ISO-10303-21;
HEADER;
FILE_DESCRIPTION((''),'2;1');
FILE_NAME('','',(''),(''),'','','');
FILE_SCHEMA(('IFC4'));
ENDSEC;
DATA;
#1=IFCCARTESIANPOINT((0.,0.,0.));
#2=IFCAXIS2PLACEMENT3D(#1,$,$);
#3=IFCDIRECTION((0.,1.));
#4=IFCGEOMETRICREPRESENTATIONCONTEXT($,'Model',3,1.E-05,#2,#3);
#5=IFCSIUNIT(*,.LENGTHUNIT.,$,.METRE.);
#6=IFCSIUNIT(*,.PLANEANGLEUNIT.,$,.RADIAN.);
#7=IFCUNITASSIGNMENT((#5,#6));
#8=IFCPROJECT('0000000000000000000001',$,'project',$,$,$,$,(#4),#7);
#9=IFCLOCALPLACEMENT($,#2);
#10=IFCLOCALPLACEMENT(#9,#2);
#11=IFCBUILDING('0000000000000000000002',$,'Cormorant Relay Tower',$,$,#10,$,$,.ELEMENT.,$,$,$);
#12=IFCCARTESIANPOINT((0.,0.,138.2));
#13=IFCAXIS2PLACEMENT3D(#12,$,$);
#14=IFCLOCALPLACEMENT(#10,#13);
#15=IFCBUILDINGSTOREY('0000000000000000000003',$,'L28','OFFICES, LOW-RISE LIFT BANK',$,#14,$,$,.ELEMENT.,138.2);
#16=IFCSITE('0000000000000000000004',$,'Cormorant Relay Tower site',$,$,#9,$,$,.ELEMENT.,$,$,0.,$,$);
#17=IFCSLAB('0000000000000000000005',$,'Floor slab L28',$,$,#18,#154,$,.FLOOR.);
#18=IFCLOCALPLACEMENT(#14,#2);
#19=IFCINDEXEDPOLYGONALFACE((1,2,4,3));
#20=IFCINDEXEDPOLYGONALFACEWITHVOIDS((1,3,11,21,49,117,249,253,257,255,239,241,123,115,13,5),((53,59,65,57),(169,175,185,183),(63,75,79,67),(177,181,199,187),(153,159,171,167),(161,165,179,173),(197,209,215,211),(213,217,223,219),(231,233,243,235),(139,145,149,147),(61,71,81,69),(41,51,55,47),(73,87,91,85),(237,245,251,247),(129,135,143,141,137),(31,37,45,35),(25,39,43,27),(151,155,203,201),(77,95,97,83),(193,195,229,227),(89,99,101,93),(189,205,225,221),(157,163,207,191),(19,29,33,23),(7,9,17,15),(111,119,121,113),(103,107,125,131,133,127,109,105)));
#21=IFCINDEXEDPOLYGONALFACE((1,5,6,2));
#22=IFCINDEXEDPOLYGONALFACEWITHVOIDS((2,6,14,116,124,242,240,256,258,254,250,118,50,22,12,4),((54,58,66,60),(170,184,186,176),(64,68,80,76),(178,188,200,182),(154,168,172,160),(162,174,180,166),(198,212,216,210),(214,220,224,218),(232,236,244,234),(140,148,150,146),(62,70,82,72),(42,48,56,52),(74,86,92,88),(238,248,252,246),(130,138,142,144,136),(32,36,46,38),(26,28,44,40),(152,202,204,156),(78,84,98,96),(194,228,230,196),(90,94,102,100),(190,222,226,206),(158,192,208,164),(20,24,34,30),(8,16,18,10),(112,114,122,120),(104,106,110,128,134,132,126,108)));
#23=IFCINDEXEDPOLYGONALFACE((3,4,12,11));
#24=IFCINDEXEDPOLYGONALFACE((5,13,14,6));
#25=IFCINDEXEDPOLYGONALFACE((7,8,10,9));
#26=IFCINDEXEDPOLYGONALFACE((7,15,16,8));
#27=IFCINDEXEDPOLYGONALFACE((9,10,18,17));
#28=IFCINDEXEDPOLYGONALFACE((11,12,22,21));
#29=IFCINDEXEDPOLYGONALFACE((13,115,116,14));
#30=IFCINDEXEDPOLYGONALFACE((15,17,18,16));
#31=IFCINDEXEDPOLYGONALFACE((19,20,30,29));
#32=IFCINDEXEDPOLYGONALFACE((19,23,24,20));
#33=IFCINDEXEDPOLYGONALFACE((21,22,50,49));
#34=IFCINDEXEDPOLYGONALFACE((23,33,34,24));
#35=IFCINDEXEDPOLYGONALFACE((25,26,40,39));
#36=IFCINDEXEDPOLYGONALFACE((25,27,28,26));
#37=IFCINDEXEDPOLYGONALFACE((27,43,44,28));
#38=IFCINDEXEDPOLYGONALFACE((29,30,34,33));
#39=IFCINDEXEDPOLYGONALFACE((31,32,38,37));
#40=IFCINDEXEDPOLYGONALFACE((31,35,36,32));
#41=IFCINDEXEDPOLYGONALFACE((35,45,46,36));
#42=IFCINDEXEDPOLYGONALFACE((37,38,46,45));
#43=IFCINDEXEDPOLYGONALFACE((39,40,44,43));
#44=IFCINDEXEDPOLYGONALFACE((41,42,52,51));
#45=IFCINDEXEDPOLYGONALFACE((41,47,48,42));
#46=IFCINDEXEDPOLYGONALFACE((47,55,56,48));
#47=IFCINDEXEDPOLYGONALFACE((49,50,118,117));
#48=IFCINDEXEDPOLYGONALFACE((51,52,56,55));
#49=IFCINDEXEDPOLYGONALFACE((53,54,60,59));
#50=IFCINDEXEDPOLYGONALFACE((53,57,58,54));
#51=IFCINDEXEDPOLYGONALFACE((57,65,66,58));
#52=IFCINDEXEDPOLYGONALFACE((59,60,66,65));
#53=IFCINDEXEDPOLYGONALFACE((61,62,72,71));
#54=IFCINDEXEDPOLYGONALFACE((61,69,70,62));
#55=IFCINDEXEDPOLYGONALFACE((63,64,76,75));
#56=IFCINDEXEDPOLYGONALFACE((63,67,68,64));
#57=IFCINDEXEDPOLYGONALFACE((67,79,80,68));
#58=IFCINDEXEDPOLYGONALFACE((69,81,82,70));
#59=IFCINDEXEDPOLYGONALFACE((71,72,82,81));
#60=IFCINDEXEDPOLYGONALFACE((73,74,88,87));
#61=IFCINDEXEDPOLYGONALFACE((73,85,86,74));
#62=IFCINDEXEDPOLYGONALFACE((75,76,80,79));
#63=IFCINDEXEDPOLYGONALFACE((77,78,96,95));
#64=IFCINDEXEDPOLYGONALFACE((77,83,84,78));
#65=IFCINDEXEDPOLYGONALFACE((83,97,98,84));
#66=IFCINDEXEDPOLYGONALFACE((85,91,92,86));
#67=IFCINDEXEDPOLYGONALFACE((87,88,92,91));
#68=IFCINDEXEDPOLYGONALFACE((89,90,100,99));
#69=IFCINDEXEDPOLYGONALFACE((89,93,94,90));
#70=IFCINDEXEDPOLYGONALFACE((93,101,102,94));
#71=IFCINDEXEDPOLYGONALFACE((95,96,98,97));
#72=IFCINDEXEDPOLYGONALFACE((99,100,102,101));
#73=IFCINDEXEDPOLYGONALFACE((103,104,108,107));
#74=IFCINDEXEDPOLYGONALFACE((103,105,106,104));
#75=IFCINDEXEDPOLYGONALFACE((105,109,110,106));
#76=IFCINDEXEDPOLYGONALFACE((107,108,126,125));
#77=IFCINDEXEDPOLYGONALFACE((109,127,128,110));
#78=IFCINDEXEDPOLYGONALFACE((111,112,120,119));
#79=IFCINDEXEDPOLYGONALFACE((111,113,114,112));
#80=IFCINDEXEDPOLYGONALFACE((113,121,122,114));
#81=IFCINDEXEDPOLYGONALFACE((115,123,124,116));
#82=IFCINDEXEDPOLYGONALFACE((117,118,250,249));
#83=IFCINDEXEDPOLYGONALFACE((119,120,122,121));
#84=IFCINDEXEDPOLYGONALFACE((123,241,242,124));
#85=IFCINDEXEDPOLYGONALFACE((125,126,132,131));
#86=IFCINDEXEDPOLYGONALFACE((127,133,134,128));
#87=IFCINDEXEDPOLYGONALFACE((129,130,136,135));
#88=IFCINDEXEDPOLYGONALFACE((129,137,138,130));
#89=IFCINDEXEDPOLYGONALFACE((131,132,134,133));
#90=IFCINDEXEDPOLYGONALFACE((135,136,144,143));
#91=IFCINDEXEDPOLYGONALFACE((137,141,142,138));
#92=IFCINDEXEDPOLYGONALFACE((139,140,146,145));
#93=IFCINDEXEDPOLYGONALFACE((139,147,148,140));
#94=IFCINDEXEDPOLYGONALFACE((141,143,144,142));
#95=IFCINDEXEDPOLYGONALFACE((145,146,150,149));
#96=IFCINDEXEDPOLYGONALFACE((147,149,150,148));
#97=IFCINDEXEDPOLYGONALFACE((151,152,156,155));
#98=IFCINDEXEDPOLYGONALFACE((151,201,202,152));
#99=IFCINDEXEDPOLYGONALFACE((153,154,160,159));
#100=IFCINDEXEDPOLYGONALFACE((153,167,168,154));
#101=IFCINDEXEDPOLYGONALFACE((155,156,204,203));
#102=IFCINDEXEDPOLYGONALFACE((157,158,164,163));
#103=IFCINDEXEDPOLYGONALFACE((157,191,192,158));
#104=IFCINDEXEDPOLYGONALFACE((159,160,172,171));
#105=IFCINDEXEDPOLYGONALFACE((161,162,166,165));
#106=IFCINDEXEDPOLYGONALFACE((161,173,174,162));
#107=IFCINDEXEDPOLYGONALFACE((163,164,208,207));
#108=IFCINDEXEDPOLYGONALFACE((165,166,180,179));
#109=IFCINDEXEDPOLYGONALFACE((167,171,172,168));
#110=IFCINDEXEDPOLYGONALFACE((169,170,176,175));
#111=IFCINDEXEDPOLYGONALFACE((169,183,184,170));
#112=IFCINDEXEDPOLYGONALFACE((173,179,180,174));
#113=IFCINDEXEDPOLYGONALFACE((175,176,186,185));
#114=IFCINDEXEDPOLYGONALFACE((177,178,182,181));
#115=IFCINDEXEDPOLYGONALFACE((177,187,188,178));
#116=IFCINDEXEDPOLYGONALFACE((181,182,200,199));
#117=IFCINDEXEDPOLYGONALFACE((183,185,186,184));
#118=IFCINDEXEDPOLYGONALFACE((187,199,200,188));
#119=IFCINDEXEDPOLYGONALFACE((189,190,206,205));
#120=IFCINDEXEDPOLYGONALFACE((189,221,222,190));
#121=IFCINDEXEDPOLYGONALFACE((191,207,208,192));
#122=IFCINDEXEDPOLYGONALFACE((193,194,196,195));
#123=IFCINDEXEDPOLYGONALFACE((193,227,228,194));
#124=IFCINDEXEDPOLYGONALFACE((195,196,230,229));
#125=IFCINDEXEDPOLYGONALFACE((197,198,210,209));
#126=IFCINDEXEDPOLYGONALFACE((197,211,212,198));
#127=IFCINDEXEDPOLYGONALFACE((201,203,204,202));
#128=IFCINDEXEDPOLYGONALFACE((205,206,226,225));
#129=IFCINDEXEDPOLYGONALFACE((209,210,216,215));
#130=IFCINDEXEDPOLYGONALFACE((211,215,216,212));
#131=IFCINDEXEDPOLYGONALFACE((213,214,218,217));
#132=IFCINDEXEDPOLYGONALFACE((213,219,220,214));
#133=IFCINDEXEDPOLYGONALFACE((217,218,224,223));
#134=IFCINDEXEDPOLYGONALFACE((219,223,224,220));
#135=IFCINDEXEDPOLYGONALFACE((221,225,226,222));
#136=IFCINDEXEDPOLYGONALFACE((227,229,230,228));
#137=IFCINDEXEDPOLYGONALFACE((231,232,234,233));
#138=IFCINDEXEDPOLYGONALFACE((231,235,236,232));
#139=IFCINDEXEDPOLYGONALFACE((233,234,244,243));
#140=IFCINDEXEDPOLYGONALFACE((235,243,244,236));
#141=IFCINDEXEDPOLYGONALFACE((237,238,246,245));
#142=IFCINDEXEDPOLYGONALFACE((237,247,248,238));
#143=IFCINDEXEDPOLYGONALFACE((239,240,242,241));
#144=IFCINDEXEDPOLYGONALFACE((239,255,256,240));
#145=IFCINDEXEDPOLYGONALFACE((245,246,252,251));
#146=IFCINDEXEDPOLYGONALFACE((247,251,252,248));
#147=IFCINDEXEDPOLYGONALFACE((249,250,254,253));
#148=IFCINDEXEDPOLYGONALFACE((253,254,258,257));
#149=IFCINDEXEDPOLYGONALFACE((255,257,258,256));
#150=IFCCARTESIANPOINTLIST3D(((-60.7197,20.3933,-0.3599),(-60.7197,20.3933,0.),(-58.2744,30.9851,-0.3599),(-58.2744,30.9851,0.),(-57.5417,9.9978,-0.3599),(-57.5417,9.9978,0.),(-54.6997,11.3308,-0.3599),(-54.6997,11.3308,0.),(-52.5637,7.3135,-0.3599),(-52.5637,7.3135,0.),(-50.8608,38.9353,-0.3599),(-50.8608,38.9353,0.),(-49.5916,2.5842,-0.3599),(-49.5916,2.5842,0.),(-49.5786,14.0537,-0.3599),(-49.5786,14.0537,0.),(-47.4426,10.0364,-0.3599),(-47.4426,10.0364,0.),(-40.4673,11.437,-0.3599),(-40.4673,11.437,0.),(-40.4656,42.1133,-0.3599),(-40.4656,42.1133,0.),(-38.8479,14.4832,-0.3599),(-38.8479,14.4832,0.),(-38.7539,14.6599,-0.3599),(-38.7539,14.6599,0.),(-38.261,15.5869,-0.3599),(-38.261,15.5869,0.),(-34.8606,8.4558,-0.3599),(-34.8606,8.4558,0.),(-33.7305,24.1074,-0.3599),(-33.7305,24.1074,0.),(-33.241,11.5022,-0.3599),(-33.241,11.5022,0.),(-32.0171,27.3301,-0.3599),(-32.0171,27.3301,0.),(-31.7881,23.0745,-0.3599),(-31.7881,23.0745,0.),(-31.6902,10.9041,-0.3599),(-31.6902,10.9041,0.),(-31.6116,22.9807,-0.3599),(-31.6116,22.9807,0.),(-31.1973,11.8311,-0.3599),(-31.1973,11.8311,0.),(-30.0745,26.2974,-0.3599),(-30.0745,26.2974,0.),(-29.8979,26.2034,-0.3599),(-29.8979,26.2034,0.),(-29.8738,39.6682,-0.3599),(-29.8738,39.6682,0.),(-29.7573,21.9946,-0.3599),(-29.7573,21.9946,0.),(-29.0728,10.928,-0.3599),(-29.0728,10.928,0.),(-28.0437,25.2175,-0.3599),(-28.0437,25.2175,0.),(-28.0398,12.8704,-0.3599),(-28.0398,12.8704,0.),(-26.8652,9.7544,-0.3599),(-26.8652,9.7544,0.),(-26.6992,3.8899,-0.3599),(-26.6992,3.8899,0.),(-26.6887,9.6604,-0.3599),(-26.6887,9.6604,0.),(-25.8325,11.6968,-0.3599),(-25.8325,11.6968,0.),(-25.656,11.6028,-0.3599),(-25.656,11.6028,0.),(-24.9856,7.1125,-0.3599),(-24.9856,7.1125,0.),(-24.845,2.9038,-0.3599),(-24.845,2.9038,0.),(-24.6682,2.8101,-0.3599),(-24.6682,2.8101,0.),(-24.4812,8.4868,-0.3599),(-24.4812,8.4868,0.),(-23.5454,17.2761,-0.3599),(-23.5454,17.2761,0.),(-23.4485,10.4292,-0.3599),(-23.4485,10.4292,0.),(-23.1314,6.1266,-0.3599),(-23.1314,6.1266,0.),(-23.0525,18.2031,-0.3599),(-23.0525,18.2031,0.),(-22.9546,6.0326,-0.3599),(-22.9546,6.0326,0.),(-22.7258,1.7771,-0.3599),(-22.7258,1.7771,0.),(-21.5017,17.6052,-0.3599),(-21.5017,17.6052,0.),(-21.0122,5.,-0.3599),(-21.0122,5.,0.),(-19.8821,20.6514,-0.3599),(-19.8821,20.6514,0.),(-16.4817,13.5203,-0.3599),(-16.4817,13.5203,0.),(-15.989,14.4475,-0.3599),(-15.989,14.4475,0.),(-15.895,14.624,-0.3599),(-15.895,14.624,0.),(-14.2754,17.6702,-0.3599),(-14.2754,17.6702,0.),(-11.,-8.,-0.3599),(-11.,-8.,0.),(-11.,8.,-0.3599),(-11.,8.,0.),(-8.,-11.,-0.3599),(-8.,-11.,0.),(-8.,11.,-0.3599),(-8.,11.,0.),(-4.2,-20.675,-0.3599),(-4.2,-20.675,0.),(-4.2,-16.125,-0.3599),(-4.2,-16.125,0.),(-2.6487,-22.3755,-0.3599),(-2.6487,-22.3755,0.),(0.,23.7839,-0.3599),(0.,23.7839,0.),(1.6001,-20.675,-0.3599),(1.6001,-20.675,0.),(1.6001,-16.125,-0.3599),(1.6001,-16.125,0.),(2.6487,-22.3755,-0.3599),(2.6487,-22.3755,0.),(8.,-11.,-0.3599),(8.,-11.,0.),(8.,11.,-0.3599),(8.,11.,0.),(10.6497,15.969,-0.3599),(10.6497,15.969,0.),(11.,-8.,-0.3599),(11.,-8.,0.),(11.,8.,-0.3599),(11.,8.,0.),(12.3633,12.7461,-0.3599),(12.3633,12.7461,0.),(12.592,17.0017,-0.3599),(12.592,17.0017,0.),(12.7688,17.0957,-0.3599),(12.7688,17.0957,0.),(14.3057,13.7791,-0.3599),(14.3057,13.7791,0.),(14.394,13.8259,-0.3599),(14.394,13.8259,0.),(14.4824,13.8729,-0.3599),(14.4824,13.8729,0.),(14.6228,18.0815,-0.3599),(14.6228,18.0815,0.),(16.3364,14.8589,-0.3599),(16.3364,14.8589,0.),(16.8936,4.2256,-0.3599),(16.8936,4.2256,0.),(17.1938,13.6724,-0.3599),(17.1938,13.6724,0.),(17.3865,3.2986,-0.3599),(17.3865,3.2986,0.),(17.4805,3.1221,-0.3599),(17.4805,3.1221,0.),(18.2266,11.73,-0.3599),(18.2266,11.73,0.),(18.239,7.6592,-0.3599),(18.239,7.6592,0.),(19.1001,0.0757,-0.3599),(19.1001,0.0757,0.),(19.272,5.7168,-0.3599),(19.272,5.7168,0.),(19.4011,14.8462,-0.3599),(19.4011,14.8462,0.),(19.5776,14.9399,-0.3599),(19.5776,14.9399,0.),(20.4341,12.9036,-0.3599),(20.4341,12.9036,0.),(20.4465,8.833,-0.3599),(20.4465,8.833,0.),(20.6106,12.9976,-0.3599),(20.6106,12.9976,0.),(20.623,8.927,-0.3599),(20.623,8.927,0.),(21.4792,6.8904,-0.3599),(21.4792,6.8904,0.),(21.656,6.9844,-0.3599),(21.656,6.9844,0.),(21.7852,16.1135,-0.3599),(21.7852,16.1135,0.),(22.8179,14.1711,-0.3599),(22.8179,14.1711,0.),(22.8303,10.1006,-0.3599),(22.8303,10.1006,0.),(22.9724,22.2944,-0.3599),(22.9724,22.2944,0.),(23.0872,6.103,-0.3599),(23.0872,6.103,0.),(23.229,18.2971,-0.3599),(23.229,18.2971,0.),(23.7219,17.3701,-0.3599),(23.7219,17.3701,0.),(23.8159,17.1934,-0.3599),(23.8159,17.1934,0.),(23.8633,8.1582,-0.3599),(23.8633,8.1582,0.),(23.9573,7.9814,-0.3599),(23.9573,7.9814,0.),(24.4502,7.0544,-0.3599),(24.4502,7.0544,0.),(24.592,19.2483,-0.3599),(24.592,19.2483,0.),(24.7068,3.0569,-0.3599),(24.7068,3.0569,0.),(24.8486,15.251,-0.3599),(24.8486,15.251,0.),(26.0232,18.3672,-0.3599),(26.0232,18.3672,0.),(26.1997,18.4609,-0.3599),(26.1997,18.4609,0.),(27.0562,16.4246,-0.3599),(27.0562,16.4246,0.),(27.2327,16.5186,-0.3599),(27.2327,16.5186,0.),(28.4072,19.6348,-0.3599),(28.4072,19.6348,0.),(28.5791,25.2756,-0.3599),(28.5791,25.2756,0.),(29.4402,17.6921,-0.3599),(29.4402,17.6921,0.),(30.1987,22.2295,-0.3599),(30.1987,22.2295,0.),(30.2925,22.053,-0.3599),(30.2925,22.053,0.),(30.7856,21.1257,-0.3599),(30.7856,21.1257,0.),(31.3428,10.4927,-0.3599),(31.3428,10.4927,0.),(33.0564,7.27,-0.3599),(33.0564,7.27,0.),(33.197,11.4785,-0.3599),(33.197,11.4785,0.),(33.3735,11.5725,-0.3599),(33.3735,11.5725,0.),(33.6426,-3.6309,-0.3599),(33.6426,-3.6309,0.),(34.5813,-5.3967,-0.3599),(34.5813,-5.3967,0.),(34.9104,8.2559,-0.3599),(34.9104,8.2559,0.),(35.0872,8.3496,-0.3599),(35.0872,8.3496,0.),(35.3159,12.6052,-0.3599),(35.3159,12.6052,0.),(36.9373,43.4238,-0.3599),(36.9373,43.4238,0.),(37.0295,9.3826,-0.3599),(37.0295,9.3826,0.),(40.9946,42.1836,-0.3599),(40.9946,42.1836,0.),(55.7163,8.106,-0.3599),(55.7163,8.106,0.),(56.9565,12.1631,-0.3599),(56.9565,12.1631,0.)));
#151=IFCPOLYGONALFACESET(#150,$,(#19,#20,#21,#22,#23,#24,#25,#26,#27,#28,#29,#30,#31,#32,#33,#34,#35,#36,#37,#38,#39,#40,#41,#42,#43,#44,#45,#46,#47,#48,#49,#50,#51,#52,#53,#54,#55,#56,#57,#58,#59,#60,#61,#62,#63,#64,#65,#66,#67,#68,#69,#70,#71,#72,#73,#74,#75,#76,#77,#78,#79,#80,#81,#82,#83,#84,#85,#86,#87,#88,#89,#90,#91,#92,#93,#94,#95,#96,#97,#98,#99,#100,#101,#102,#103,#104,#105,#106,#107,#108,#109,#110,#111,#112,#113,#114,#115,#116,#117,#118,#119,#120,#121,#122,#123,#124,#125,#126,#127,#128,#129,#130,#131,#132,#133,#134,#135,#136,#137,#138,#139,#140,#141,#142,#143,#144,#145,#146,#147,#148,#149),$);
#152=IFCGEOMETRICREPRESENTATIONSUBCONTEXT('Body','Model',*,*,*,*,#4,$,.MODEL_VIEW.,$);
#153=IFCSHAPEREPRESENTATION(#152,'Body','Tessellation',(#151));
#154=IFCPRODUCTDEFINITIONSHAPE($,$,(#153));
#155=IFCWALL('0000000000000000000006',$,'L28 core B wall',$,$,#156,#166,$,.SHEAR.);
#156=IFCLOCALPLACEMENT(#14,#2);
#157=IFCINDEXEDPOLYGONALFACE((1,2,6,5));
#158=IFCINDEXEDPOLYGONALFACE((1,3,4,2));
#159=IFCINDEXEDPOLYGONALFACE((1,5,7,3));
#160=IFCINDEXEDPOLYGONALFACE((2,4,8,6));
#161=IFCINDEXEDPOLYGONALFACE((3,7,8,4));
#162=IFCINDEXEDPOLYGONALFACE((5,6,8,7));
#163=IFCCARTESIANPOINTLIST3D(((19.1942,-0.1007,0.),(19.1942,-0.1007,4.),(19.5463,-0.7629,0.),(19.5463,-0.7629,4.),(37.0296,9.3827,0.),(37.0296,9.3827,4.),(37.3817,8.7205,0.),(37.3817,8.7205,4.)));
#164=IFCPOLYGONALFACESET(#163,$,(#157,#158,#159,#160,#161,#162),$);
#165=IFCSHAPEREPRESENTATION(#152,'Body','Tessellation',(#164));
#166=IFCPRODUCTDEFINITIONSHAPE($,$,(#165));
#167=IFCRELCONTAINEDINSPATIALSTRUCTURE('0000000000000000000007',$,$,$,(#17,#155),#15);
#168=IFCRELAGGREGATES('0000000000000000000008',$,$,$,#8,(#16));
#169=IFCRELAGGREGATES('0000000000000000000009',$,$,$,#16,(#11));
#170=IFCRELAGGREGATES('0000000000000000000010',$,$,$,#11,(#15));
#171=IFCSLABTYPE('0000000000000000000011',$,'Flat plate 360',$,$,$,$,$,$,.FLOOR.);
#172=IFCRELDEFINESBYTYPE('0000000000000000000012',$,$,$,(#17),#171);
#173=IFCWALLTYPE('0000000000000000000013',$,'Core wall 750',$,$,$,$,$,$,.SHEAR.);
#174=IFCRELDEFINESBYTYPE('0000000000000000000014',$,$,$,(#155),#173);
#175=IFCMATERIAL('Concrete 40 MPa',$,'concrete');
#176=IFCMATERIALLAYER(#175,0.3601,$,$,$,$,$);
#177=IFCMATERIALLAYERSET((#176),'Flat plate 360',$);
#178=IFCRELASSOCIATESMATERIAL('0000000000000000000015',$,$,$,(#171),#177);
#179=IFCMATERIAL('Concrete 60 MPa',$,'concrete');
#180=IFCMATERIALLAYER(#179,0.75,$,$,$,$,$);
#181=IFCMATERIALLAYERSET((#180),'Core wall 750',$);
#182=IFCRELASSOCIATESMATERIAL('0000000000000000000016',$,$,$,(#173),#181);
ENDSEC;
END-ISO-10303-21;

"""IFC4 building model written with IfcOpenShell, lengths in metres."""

from ifc_helpers import new_model, si_unit, direction, frame, frame_2d, origin, place, context, subcontext, project, spatial, polyline, rectangle, outline, extrude, material, layer, layer_set, type_object, element, save


model = new_model("IFC4")

# Units and contexts
model_context = context("Model", 3, precision=1e-05, world=origin(), true_north=direction((0.0, 1.0)))
body_context = subcontext(model_context, "Body", "Model", "MODEL_VIEW")
ifc_project = project(units=[si_unit("LENGTHUNIT", "METRE"), si_unit("PLANEANGLEUNIT", "RADIAN")], contexts=[model_context])

# Site, building, storey
site_placement = place(None, origin())
site = spatial("IfcSite", under=ifc_project, at=site_placement, Name="Cormorant Relay Tower site", CompositionType="ELEMENT", RefElevation=0.0)
building_placement = place(site_placement, origin())
building = spatial("IfcBuilding", under=site, at=building_placement, Name="Cormorant Relay Tower", CompositionType="ELEMENT")
storey_placement = place(building_placement, frame((0.0, 0.0, 138.2)))
storey = spatial("IfcBuildingStorey", under=building, at=storey_placement, Name="L28", Description="OFFICES, LOW-RISE LIFT BANK", CompositionType="ELEMENT", Elevation=138.2)

# Slab
ifc_material_1 = material(Name="Concrete 40 MPa", Category="concrete")
ifc_layer_1 = layer(ifc_material_1, 0.3601)
ifc_layer_set_1 = layer_set([ifc_layer_1], Name="Flat plate 360")
slab_type_1 = type_object("IfcSlabType", Name="Flat plate 360", PredefinedType="FLOOR", material=ifc_layer_set_1)
slab_1_placement = place(storey_placement, frame((0.0, 0.0, -0.3599)))
element("IfcSlab", 1, at=slab_1_placement, inside=storey, type_object=slab_type_1, Name="Floor slab L28", PredefinedType="FLOOR", context=body_context, shape_type="SweptSolid", body=[
    extrude(outline(polyline([(-60.7197, 20.3933), (-58.2744, 30.9851), (-50.8608, 38.9353), (-40.4656, 42.1133), (-29.8738, 39.6682), (0.0, 23.7839), (36.9373, 43.4238), (40.9946, 42.1836), (56.9565, 12.1631), (55.7163, 8.106), (33.6426, -3.6309), (34.5813, -5.3967), (2.6487, -22.3755), (-2.6487, -22.3755), (-49.5916, 2.5842), (-57.5417, 9.9978), (-60.7197, 20.3933)]), holes=[polyline([(11.0, -8.0), (11.0, 8.0), (8.0, 11.0), (-8.0, 11.0), (-11.0, 8.0), (-11.0, -8.0), (-8.0, -11.0), (8.0, -11.0), (11.0, -8.0)]), polyline([(-4.2, -16.125), (-4.2, -20.675), (1.6001, -20.675), (1.6001, -16.125), (-4.2, -16.125)]), polyline([(-22.9546, 6.0327), (-24.6682, 2.8101), (-22.7258, 1.7771), (-21.0122, 5.0), (-23.043, 6.0796), (-22.9546, 6.0327)]), polyline([(-24.9856, 7.1125), (-26.6992, 3.8899), (-24.845, 2.9038), (-23.1313, 6.1267), (-23.043, 6.0796), (-24.9856, 7.1125)]), polyline([(-26.6887, 9.6604), (-24.4812, 8.4868), (-23.4485, 10.4292), (-25.656, 11.6028), (-26.6887, 9.6604)]), polyline([(-49.5786, 14.0537), (-54.6997, 11.3308), (-52.5637, 7.3135), (-47.4426, 10.0364), (-49.5786, 14.0537)]), polyline([(-28.0398, 12.8704), (-29.0728, 10.928), (-26.8652, 9.7544), (-25.8325, 11.6968), (-28.0398, 12.8704)]), polyline([(-38.8479, 14.4832), (-40.4673, 11.437), (-34.8606, 8.4558), (-33.241, 11.5022), (-38.8479, 14.4832)]), polyline([(-38.261, 15.5869), (-38.7539, 14.6599), (-31.6902, 10.9041), (-31.1973, 11.8311), (-38.261, 15.5869)]), polyline([(14.3057, 13.7791), (12.592, 17.0017), (10.6497, 15.969), (12.3633, 12.7461), (14.394, 13.8259), (14.3057, 13.7791)]), polyline([(16.3364, 14.8589), (14.6228, 18.0815), (12.7688, 17.0957), (14.4824, 13.8728), (14.394, 13.8259), (16.3364, 14.8589)]), polyline([(-16.4817, 13.5203), (-15.989, 14.4475), (-23.0525, 18.2031), (-23.5454, 17.2761), (-16.4817, 13.5203)]), polyline([(-21.5017, 17.6052), (-15.895, 14.624), (-14.2754, 17.6702), (-19.8821, 20.6514), (-21.5017, 17.6052)]), polyline([(-31.6116, 22.9807), (-29.7573, 21.9946), (-28.0437, 25.2175), (-29.8979, 26.2034), (-31.6116, 22.9807)]), polyline([(-32.0171, 27.3301), (-33.7305, 24.1074), (-31.7881, 23.0745), (-30.0745, 26.2974), (-32.0171, 27.3301)]), polyline([(17.4805, 3.1221), (19.1001, 0.0757), (24.7068, 3.0569), (23.0872, 6.103), (17.4805, 3.1221)]), polyline([(16.8936, 4.2256), (17.3865, 3.2986), (24.4502, 7.0544), (23.9573, 7.9814), (16.8936, 4.2256)]), polyline([(20.4465, 8.833), (18.239, 7.6592), (19.272, 5.7168), (21.4792, 6.8904), (20.4465, 8.833)]), polyline([(20.623, 8.927), (21.656, 6.9844), (23.8633, 8.1582), (22.8303, 10.1006), (20.623, 8.927)]), polyline([(33.197, 11.4785), (31.3428, 10.4927), (33.0564, 7.27), (34.9104, 8.2559), (33.197, 11.4785)]), polyline([(33.3735, 11.5725), (35.0872, 8.3496), (37.0295, 9.3826), (35.3159, 12.6052), (33.3735, 11.5725)]), polyline([(17.1938, 13.6724), (18.2266, 11.73), (20.4341, 12.9036), (19.4011, 14.8462), (17.1938, 13.6724)]), polyline([(20.6106, 12.9976), (22.8179, 14.1711), (21.7852, 16.1135), (19.5776, 14.9399), (20.6106, 12.9976)]), polyline([(26.0232, 18.3672), (23.8159, 17.1934), (24.8486, 15.251), (27.0562, 16.4246), (26.0232, 18.3672)]), polyline([(29.4402, 17.6921), (28.4072, 19.6348), (26.1997, 18.4609), (27.2327, 16.5186), (29.4402, 17.6921)]), polyline([(30.7856, 21.1257), (30.2925, 22.053), (23.229, 18.2971), (23.7219, 17.3701), (30.7856, 21.1257)]), polyline([(24.592, 19.2483), (30.1987, 22.2295), (28.5791, 25.2756), (22.9724, 22.2944), (24.592, 19.2483)])]), origin(), (0.0, 0.0, 1.0), 0.3599),
])

# Shared definitions
ifc_material_2 = material(Name="Concrete 60 MPa", Category="concrete")
ifc_layer_2 = layer(ifc_material_2, 0.75)
ifc_layer_set_2 = layer_set([ifc_layer_2], Name="Core wall 750")
wall_type_1 = type_object("IfcWallType", Name="Core wall 750", PredefinedType="SHEAR", material=ifc_layer_set_2)

# Wall
wall_1_placement = place(storey_placement, frame((19.3701, -0.4319, 0.0), z_axis=(0.0, 0.0, 1.0), x_axis=(0.882945, 0.469476, 0.0)))
element("IfcWall", 2, at=wall_1_placement, inside=storey, type_object=wall_type_1, Name="L28 core B wall", PredefinedType="SHEAR", context=body_context, shape_type="SweptSolid", body=[
    extrude(rectangle(XDim=20.2, YDim=0.75, at=frame_2d((10.1001, 0.0))), origin(), (0.0, 0.0, 1.0), 4.0),
])

save(model, "model.ifc")
